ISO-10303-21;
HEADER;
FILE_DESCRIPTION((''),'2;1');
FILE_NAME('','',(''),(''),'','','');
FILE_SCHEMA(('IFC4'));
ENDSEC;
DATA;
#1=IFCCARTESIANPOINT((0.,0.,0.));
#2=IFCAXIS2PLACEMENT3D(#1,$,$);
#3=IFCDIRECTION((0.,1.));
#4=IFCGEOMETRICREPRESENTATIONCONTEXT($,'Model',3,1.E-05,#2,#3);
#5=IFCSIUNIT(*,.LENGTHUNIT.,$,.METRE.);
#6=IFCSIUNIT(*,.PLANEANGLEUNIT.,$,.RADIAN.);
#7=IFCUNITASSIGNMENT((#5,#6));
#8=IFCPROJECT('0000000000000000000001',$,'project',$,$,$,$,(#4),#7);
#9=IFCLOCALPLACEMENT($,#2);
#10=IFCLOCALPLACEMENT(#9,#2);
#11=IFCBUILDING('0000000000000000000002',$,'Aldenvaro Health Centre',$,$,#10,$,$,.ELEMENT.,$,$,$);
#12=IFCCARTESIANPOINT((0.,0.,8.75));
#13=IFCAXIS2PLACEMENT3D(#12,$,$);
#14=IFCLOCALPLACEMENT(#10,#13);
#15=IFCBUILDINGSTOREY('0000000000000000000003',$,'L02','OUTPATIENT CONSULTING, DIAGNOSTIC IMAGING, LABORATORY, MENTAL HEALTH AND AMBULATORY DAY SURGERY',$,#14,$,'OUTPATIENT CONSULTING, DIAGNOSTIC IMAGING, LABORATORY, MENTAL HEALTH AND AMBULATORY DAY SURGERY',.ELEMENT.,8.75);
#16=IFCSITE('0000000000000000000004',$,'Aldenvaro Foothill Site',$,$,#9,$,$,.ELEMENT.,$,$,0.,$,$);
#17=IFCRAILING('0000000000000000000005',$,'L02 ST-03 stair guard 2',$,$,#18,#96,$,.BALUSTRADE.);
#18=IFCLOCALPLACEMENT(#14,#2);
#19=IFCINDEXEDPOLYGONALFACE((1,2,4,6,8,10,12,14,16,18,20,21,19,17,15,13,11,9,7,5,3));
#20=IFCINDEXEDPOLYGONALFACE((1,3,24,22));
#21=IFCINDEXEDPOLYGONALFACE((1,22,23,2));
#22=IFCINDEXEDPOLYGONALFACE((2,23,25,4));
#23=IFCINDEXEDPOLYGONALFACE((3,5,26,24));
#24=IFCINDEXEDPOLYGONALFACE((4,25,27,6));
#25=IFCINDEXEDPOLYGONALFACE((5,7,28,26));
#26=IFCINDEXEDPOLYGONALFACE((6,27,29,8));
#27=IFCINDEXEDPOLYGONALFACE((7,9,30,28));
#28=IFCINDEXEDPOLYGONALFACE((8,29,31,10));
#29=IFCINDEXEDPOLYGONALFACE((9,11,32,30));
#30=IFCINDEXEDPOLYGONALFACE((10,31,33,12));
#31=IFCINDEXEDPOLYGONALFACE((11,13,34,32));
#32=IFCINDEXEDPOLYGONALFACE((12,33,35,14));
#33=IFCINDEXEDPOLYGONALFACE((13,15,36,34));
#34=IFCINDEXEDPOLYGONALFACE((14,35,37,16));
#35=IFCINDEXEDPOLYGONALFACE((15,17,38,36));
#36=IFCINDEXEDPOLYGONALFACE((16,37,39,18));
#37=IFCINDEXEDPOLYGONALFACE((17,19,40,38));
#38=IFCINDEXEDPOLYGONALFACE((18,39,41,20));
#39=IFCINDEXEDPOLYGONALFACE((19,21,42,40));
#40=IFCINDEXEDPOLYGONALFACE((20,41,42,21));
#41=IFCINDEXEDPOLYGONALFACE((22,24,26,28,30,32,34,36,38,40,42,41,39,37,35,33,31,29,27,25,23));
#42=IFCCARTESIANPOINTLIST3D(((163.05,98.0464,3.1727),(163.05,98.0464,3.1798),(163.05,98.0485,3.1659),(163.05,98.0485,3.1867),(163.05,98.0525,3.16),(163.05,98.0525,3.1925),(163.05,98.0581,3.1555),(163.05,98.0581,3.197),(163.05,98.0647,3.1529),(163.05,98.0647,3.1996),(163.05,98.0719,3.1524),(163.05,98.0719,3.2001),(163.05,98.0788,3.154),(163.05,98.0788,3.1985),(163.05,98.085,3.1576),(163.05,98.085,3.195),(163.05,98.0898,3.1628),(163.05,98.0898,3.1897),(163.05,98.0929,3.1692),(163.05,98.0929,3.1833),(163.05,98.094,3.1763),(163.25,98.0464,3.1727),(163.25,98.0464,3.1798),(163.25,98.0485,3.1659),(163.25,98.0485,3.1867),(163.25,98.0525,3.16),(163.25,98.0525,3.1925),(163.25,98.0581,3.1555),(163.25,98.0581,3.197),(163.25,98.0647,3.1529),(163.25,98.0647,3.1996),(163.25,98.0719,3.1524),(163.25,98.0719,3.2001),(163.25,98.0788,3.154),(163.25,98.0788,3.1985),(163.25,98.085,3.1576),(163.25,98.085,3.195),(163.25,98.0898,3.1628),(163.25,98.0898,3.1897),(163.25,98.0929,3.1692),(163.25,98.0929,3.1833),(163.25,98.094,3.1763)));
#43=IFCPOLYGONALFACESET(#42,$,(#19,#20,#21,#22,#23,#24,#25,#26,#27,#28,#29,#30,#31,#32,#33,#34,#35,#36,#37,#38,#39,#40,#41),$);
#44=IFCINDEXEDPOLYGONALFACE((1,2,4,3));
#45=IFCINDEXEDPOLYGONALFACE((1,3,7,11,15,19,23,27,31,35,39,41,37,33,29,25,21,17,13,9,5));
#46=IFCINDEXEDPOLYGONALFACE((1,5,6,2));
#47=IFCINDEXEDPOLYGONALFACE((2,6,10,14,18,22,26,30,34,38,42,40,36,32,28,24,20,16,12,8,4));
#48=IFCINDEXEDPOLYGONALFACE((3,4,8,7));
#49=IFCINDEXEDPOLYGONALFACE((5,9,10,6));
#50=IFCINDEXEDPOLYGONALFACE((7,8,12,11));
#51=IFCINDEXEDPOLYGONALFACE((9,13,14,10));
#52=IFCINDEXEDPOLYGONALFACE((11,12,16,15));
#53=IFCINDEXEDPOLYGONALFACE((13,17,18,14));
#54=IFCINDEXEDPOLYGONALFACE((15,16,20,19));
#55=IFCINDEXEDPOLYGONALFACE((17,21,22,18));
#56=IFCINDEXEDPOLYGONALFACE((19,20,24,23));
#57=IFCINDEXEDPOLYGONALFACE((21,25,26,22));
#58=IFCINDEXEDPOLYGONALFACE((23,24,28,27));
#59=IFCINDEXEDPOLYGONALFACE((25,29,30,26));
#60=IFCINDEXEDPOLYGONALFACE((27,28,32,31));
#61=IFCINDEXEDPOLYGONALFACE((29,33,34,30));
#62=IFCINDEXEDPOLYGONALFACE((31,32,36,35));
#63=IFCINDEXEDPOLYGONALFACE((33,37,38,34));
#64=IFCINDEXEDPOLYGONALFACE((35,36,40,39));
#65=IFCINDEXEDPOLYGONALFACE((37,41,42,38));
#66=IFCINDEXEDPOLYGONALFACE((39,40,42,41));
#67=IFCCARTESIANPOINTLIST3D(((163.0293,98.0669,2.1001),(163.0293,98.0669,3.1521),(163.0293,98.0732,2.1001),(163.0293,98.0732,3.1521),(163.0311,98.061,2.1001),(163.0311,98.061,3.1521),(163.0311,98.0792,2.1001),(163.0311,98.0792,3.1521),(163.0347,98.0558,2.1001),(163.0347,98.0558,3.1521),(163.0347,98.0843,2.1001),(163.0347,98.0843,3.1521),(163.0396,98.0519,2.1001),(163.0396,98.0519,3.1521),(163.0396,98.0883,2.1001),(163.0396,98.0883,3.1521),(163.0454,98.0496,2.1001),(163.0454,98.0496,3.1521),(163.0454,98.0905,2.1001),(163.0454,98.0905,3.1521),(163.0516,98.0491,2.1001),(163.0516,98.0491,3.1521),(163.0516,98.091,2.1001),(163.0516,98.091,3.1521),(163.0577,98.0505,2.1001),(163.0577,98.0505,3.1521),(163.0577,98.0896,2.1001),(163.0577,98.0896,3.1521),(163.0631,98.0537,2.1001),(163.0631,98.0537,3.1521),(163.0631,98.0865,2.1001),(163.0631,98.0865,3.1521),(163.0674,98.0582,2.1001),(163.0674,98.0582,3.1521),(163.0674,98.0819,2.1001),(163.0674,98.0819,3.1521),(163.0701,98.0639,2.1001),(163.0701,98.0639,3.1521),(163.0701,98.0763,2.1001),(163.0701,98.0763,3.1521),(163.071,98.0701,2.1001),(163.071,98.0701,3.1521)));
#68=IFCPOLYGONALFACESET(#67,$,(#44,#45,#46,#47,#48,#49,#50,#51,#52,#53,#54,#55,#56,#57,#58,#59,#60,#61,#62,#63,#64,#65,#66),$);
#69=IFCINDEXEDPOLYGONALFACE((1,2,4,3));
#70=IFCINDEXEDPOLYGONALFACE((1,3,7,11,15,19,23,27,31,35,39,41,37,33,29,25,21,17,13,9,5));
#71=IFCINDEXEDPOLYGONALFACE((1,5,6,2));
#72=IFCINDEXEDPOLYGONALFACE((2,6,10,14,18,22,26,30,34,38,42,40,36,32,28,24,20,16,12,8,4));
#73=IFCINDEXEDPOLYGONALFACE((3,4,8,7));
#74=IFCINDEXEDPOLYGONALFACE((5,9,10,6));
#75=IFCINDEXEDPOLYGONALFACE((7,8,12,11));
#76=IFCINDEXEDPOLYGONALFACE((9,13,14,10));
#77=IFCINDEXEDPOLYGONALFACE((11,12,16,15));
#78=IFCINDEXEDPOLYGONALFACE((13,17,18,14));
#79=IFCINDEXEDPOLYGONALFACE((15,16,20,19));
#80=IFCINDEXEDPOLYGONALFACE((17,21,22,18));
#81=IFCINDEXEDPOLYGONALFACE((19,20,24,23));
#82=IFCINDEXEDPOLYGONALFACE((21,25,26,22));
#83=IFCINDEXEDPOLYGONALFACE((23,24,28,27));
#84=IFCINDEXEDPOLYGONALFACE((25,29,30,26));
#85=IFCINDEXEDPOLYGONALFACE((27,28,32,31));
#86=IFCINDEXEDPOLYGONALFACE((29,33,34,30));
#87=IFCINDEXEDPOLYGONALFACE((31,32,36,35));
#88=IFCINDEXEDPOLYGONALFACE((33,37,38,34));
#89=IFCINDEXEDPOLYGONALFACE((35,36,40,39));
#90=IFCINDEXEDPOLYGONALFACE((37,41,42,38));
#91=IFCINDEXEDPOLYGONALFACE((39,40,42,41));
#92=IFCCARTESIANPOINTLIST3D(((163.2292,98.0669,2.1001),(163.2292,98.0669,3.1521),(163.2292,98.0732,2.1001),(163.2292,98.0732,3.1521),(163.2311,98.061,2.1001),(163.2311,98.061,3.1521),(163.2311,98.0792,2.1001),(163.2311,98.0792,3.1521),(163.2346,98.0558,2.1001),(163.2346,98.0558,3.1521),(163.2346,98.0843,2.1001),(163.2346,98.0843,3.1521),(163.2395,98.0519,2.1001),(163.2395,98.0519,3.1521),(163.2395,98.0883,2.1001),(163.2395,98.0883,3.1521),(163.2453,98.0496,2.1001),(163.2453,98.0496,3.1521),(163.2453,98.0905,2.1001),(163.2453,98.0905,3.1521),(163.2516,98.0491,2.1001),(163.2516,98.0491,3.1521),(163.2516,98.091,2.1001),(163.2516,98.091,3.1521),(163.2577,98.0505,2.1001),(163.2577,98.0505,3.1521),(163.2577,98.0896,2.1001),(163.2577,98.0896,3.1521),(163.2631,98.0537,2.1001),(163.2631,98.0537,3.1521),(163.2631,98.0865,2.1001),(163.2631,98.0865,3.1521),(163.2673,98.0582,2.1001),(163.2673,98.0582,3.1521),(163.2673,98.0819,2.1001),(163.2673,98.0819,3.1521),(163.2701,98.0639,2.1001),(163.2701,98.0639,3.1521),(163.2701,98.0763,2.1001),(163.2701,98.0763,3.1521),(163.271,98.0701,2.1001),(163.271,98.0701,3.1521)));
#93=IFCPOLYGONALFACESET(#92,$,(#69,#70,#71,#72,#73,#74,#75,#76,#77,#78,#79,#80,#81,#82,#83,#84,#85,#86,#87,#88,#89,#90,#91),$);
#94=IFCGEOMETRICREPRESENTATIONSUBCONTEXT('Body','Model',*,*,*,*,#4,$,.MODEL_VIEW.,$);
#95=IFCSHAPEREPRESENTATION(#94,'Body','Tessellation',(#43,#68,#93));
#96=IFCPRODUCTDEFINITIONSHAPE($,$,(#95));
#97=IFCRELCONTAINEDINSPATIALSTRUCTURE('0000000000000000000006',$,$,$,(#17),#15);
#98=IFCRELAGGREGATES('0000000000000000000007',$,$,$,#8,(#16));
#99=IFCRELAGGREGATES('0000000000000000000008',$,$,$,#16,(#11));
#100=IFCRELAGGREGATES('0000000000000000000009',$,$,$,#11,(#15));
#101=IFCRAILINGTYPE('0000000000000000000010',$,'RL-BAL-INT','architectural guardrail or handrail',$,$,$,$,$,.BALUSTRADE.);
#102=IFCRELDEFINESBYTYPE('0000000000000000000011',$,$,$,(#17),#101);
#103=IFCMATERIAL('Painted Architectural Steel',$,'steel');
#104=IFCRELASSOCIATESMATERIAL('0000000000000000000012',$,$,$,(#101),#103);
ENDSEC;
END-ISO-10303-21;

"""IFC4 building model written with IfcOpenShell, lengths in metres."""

from ifc_helpers import new_model, si_unit, direction, frame, origin, origin_2d, place, context, subcontext, project, spatial, circle, extrude, material, type_object, element, save


model = new_model("IFC4")

# Units and contexts
model_context = context("Model", 3, precision=1e-05, world=origin(), true_north=direction((0.0, 1.0)))
body_context = subcontext(model_context, "Body", "Model", "MODEL_VIEW")
ifc_project = project(units=[si_unit("LENGTHUNIT", "METRE"), si_unit("PLANEANGLEUNIT", "RADIAN")], contexts=[model_context])

# Site, building, storey
site_placement = place(None, origin())
site = spatial("IfcSite", under=ifc_project, at=site_placement, Name="Aldenvaro Foothill Site", CompositionType="ELEMENT", RefElevation=0.0)
building_placement = place(site_placement, origin())
building = spatial("IfcBuilding", under=site, at=building_placement, Name="Aldenvaro Health Centre", CompositionType="ELEMENT")
storey_placement = place(building_placement, frame((0.0, 0.0, 8.75)))
storey = spatial("IfcBuildingStorey", under=building, at=storey_placement, Name="L02", Description="OUTPATIENT CONSULTING, DIAGNOSTIC IMAGING, LABORATORY, MENTAL HEALTH AND AMBULATORY DAY SURGERY", LongName="OUTPATIENT CONSULTING, DIAGNOSTIC IMAGING, LABORATORY, MENTAL HEALTH AND AMBULATORY DAY SURGERY", CompositionType="ELEMENT", Elevation=8.75)

# Railing
ifc_material_1 = material(Name="Painted Architectural Steel", Category="steel")
railing_type_1 = type_object("IfcRailingType", Name="RL-BAL-INT", Description="architectural guardrail or handrail", PredefinedType="BALUSTRADE", material=ifc_material_1)
railing_1_placement = place(storey_placement, frame((163.05, 98.0701, 2.1001)))
element("IfcRailing", 1, at=railing_1_placement, inside=storey, type_object=railing_type_1, Name="L02 ST-03 stair guard 2", PredefinedType="BALUSTRADE", context=body_context, shape_type="SweptSolid", body=[
    extrude(circle(Radius=0.0239, at=origin_2d()), frame((0.0, 0.0, 1.0762), z_axis=(1.0, 0.0, 0.0), x_axis=(0.0, 1.0, 0.0)), (0.0, 0.0, 1.0), 0.2),
    extrude(circle(Radius=0.021, at=origin_2d()), origin(), (0.0, 0.0, 1.0), 1.052),
    extrude(circle(Radius=0.021, at=origin_2d()), frame((0.2, 0.0, 0.0)), (0.0, 0.0, 1.0), 1.052),
])

save(model, "model.ifc")
